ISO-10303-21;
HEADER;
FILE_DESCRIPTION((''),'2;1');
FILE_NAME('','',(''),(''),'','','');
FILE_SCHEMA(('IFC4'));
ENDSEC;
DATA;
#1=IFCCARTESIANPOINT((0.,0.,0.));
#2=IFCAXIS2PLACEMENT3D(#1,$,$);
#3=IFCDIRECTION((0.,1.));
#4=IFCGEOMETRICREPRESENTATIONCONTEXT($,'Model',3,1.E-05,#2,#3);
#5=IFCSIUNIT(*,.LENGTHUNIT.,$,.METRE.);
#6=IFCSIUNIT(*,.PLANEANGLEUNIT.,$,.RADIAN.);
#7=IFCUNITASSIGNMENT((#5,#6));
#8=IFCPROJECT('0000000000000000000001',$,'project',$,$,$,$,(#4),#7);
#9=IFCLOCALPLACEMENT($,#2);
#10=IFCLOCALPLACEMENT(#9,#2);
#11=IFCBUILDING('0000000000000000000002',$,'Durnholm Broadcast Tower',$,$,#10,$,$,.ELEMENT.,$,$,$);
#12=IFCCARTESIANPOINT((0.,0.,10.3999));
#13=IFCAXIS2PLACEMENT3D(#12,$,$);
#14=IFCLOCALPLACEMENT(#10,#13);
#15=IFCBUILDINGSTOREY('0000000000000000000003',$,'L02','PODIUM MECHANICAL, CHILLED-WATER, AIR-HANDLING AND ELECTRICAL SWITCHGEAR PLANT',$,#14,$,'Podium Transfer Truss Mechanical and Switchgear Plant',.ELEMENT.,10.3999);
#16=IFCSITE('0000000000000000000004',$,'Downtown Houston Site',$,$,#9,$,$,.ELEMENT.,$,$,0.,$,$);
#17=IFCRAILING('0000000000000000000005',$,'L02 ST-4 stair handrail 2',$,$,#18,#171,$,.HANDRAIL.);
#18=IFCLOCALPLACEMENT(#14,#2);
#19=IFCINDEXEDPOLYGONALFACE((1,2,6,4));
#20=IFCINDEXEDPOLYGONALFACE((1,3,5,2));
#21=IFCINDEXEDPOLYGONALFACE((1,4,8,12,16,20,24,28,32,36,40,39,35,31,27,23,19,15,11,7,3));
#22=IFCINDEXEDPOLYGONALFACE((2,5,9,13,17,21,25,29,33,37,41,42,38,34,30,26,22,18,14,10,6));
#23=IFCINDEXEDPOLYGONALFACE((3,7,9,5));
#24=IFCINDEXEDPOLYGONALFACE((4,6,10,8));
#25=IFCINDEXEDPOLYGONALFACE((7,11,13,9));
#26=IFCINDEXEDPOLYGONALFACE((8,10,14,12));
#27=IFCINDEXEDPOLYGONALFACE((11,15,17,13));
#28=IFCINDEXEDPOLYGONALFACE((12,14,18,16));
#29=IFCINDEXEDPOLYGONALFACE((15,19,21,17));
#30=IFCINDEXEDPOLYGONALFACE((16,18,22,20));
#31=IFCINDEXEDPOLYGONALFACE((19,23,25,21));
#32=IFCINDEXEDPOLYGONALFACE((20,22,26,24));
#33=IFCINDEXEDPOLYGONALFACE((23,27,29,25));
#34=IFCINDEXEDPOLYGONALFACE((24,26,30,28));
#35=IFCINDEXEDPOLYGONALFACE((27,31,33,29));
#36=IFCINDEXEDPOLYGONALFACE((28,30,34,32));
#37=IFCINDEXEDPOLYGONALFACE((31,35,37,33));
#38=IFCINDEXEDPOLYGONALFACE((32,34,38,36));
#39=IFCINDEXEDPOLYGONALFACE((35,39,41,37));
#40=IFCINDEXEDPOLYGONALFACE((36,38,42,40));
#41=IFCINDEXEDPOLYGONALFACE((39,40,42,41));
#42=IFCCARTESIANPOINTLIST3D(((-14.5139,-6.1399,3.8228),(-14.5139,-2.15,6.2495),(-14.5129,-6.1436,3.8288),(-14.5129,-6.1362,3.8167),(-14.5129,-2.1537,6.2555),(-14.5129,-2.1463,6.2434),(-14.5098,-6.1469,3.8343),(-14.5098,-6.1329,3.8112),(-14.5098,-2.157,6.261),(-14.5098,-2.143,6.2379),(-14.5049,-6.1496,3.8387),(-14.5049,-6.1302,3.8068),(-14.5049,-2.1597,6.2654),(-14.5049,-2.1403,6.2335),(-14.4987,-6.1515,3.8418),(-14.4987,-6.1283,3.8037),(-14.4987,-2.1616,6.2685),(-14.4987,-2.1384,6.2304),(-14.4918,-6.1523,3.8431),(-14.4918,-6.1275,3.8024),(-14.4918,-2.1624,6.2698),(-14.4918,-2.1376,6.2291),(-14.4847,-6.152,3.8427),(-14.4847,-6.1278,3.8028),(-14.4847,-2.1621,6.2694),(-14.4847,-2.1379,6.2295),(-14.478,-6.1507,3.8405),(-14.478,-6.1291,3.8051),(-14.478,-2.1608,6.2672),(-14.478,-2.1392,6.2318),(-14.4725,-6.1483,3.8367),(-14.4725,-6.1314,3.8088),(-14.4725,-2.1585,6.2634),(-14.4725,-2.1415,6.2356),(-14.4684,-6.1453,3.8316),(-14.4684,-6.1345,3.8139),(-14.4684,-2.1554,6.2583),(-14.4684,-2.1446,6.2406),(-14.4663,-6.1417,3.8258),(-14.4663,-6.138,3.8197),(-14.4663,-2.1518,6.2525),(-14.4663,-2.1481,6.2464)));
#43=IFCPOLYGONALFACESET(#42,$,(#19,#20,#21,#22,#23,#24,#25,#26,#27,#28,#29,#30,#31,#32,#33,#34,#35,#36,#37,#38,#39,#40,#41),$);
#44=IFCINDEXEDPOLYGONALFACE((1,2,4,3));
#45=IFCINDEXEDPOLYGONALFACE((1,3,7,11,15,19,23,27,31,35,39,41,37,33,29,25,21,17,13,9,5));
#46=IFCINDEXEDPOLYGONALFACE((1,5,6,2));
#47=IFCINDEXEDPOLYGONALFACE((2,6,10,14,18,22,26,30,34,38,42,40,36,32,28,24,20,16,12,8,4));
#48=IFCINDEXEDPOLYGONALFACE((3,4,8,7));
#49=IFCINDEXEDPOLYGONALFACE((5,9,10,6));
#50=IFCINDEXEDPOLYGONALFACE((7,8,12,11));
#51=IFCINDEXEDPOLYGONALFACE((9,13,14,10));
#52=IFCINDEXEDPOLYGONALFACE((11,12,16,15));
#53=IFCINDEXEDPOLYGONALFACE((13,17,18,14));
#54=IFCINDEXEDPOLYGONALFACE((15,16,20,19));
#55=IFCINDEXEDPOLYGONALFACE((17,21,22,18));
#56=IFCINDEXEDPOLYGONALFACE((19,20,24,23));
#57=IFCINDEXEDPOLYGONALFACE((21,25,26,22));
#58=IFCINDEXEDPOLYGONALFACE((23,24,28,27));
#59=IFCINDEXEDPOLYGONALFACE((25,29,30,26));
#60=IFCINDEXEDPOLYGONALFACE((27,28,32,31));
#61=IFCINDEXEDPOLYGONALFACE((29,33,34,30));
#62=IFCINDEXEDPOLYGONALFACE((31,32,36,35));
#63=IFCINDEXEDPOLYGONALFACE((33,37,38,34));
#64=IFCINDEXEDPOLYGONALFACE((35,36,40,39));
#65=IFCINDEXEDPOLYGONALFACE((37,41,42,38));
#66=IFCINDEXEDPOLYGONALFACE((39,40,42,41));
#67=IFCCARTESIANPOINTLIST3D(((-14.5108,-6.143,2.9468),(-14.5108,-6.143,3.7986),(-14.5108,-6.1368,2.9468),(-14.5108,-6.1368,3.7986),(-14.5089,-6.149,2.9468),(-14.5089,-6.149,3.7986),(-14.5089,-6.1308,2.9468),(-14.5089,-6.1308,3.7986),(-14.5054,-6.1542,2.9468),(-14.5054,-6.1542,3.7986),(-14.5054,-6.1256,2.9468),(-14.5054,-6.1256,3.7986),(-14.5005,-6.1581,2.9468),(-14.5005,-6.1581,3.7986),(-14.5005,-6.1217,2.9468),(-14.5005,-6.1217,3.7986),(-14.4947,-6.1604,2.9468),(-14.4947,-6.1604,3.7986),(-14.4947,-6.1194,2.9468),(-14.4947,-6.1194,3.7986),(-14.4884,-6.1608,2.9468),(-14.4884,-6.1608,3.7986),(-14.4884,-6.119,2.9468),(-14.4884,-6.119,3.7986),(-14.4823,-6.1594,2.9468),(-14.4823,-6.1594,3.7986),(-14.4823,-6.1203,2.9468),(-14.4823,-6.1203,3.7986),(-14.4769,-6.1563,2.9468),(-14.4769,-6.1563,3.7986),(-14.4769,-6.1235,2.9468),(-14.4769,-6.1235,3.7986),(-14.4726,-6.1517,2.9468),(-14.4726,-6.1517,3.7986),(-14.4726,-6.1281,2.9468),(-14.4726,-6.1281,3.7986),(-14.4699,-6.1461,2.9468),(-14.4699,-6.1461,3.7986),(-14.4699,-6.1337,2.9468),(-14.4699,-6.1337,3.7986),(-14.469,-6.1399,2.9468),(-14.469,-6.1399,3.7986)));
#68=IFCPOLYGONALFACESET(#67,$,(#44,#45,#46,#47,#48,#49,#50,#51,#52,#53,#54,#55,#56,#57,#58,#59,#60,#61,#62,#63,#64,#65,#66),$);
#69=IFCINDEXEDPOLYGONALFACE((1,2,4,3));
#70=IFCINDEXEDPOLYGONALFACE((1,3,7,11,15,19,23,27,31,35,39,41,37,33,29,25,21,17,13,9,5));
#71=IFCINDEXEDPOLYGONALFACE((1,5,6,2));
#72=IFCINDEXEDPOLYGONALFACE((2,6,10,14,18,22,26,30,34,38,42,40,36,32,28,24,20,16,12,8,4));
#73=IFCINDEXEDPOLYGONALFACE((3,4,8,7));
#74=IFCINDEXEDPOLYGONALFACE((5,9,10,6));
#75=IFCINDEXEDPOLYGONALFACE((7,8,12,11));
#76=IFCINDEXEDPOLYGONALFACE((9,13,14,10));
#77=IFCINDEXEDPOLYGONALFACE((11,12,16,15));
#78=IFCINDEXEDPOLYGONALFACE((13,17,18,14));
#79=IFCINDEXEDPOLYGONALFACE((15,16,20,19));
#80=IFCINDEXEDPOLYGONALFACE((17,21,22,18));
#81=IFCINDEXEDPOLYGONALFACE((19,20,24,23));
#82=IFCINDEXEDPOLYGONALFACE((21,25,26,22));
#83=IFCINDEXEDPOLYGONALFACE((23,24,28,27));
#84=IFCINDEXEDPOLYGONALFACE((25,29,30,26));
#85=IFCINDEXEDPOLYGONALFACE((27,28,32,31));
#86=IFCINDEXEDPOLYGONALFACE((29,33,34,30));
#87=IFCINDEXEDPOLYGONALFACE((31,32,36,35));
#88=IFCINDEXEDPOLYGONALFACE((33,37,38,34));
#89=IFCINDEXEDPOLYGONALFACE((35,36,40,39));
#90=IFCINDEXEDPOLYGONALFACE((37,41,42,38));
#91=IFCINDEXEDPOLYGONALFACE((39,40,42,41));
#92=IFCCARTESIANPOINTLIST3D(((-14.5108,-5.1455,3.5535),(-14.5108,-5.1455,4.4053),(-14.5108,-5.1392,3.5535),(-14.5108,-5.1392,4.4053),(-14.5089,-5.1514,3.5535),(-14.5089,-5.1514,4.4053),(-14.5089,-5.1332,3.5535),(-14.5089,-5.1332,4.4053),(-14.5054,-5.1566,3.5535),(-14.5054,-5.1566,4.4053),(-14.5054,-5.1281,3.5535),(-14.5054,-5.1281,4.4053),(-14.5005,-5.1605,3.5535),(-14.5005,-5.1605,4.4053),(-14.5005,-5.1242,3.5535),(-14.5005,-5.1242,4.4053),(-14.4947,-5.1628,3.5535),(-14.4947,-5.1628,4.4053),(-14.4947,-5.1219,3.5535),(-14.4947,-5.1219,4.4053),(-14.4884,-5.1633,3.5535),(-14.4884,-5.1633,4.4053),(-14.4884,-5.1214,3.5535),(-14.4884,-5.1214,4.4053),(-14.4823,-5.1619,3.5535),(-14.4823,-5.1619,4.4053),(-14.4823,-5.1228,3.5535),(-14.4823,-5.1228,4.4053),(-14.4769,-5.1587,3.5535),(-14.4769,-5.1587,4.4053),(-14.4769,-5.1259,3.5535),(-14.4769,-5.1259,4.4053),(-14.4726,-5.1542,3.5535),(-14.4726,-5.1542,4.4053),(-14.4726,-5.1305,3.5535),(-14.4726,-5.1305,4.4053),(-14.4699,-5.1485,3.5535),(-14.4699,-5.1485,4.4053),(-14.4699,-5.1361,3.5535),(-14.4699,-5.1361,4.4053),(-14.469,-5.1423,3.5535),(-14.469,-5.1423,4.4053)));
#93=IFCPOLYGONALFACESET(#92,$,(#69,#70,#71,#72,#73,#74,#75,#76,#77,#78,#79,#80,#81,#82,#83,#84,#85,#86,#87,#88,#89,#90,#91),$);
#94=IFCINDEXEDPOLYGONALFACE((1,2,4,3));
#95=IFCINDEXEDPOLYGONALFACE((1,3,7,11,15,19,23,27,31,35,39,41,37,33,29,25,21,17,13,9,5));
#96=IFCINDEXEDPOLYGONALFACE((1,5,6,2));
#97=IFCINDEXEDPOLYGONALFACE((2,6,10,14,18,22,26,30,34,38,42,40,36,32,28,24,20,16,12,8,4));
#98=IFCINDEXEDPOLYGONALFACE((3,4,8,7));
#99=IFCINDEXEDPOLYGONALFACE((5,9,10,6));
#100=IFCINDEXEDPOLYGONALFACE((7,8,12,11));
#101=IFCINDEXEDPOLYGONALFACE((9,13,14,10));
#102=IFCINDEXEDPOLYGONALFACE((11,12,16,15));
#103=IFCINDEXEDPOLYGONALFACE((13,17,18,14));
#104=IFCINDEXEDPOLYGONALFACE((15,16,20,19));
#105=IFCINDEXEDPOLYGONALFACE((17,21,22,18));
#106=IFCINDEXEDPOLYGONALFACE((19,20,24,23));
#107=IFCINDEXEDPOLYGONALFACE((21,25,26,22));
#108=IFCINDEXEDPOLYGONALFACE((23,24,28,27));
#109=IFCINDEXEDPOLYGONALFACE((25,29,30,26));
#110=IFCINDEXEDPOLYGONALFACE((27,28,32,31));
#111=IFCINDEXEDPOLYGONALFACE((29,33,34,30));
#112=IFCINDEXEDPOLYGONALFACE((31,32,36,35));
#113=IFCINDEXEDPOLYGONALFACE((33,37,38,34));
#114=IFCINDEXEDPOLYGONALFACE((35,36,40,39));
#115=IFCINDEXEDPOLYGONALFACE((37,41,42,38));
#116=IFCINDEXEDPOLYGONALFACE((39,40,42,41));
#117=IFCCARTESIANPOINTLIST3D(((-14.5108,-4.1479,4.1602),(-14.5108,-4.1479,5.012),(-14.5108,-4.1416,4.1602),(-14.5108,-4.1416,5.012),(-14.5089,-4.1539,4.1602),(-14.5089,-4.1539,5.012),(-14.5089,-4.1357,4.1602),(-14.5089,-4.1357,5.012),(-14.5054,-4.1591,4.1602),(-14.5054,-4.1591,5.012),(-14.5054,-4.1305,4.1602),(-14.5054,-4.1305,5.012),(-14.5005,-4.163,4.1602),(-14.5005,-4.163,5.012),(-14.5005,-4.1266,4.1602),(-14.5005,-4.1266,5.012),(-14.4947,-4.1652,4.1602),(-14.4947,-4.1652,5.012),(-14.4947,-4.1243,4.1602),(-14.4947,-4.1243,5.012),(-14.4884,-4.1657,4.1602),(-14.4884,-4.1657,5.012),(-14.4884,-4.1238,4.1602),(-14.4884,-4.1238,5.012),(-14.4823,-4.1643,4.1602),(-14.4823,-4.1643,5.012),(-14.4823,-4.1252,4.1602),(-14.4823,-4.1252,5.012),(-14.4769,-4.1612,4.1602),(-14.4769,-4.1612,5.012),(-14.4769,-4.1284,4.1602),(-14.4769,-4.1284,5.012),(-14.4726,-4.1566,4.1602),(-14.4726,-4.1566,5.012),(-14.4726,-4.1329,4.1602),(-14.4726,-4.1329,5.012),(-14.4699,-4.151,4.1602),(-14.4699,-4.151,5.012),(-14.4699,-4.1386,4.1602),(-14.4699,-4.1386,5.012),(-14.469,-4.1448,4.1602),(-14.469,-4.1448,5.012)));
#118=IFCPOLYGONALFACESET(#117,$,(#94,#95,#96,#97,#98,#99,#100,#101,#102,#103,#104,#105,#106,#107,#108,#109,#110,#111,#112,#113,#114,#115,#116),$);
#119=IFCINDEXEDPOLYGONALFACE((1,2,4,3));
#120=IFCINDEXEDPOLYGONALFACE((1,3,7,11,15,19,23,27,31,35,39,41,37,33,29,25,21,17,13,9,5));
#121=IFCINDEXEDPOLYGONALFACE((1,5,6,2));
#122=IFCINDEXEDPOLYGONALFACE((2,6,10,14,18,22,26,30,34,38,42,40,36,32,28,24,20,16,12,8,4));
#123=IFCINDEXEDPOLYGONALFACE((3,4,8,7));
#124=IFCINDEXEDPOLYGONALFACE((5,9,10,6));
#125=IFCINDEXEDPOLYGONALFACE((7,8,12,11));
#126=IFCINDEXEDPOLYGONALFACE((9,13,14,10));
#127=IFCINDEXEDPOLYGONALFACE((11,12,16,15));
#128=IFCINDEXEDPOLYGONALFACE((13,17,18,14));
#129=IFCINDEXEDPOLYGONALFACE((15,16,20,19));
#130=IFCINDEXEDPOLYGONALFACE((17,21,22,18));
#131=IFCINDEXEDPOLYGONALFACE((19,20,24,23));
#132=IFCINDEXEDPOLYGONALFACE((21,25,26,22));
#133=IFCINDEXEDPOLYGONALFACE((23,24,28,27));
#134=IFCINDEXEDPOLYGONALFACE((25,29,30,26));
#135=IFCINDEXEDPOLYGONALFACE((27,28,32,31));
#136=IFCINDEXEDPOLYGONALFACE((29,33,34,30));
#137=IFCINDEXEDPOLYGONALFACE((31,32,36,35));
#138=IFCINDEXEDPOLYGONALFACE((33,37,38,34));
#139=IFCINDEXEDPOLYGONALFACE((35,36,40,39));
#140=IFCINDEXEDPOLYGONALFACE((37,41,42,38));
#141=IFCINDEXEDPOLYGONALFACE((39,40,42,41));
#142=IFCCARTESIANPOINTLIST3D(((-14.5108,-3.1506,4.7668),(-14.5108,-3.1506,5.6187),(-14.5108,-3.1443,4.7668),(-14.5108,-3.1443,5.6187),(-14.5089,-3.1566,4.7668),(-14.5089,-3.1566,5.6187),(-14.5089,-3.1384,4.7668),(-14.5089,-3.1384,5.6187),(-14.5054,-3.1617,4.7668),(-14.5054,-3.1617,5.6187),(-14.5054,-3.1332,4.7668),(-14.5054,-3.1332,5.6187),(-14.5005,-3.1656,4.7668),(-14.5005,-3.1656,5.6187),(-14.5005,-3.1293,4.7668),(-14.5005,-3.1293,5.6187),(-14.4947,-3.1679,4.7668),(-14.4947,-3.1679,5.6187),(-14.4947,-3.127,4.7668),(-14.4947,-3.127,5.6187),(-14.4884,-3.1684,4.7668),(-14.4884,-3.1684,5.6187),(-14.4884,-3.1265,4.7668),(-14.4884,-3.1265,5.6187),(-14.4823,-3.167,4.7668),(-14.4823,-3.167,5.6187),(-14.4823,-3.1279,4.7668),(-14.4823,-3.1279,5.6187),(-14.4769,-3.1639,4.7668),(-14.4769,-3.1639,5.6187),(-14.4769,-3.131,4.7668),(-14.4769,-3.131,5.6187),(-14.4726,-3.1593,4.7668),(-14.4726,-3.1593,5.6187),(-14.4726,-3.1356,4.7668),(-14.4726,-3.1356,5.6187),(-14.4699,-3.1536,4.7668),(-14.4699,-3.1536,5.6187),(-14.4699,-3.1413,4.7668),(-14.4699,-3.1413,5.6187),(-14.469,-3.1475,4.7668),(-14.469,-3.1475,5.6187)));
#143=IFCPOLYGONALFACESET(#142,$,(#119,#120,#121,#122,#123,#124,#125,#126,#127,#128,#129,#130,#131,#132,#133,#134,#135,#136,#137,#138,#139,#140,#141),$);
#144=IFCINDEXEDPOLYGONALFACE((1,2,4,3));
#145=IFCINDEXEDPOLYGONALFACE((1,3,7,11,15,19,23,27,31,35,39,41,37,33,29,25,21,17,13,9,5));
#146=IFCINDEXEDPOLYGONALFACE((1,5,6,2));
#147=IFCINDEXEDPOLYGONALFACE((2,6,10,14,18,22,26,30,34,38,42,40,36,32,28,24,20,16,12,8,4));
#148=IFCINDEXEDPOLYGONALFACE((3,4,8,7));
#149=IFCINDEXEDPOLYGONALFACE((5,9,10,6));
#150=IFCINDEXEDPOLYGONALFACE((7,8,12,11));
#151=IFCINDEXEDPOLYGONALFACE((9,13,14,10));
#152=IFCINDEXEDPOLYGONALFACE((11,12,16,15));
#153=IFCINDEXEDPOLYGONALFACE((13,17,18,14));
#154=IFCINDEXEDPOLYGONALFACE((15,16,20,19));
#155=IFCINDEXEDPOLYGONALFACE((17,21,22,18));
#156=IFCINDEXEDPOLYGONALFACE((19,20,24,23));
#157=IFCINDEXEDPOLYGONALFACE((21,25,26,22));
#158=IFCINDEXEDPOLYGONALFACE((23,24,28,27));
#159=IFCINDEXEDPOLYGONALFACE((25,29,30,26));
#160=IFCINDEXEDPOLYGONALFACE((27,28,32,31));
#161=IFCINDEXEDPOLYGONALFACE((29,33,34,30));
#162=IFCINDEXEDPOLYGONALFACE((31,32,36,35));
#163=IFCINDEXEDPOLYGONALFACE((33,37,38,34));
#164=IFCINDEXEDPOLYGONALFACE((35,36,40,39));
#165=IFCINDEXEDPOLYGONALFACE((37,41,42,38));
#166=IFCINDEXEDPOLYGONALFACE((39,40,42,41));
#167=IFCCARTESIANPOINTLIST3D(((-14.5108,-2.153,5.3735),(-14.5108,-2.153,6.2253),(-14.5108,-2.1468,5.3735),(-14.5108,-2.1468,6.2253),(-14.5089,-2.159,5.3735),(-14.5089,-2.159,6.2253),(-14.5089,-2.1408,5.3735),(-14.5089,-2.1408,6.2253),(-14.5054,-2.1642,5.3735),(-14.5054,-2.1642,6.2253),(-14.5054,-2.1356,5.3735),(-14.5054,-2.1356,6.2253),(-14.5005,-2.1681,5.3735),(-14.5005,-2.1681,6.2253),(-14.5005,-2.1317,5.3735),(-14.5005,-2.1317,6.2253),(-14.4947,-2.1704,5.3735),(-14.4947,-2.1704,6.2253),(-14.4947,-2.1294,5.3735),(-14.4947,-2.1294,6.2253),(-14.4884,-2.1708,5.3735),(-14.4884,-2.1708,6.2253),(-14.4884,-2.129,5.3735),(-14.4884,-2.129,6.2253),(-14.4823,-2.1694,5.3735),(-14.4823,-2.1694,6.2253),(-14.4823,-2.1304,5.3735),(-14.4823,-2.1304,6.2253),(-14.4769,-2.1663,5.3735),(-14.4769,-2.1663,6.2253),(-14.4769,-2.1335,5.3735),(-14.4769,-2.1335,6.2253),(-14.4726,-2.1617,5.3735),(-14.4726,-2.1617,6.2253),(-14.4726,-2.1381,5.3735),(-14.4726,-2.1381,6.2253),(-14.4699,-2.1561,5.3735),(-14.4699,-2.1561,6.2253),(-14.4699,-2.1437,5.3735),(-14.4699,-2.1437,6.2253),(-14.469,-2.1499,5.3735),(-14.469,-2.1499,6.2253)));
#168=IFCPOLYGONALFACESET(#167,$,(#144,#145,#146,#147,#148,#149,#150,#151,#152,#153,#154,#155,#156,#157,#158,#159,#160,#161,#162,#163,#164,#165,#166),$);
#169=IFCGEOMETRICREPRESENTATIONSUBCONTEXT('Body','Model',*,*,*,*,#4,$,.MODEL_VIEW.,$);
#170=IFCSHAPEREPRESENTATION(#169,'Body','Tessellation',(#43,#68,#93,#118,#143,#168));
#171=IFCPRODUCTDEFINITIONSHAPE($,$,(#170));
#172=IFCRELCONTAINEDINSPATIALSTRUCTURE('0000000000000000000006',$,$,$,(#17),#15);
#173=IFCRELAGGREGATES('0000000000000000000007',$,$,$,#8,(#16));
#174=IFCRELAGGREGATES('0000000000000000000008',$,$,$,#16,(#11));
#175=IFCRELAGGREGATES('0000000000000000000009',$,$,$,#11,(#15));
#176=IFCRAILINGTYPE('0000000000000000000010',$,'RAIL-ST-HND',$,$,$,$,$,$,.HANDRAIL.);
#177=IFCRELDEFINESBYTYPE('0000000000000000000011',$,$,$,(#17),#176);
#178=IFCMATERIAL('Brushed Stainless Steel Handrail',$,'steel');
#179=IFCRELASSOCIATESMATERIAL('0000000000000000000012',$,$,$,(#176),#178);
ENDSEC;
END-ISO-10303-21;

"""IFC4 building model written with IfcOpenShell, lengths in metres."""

from ifc_helpers import new_model, si_unit, direction, frame, origin, origin_2d, place, context, subcontext, project, spatial, circle, extrude, material, type_object, element, save


model = new_model("IFC4")

# Units and contexts
model_context = context("Model", 3, precision=1e-05, world=origin(), true_north=direction((0.0, 1.0)))
body_context = subcontext(model_context, "Body", "Model", "MODEL_VIEW")
ifc_project = project(units=[si_unit("LENGTHUNIT", "METRE"), si_unit("PLANEANGLEUNIT", "RADIAN")], contexts=[model_context])

# Site, building, storey
site_placement = place(None, origin())
site = spatial("IfcSite", under=ifc_project, at=site_placement, Name="Downtown Houston Site", CompositionType="ELEMENT", RefElevation=0.0)
building_placement = place(site_placement, origin())
building = spatial("IfcBuilding", under=site, at=building_placement, Name="Durnholm Broadcast Tower", CompositionType="ELEMENT")
storey_placement = place(building_placement, frame((0.0, 0.0, 10.3999)))
storey = spatial("IfcBuildingStorey", under=building, at=storey_placement, Name="L02", Description="PODIUM MECHANICAL, CHILLED-WATER, AIR-HANDLING AND ELECTRICAL SWITCHGEAR PLANT", LongName="Podium Transfer Truss Mechanical and Switchgear Plant", CompositionType="ELEMENT", Elevation=10.3999)

# Railing
ifc_material_1 = material(Name="Brushed Stainless Steel Handrail", Category="steel")
railing_type_1 = type_object("IfcRailingType", Name="RAIL-ST-HND", PredefinedType="HANDRAIL", material=ifc_material_1)
railing_1_placement = place(storey_placement, frame((-14.49, -6.1399, 2.9468)))
element("IfcRailing", 1, at=railing_1_placement, inside=storey, type_object=railing_type_1, Name="L02 ST-4 stair handrail 2", PredefinedType="HANDRAIL", context=body_context, shape_type="SweptSolid", body=[
    extrude(circle(Radius=0.0239, at=origin_2d()), frame((0.0, 0.0, 0.876), z_axis=(0.0, 0.854382, 0.519645), x_axis=(-1.0, 0.0, 0.0)), (0.0, 0.0, 1.0), 4.6699),
    extrude(circle(Radius=0.021, at=origin_2d()), origin(), (0.0, 0.0, 1.0), 0.8518),
    extrude(circle(Radius=0.021, at=origin_2d()), frame((0.0, 0.9976, 0.6067)), (0.0, 0.0, 1.0), 0.8518),
    extrude(circle(Radius=0.021, at=origin_2d()), frame((0.0, 1.9951, 1.2134)), (0.0, 0.0, 1.0), 0.8518),
    extrude(circle(Radius=0.021, at=origin_2d()), frame((0.0, 2.9924, 1.8201)), (0.0, 0.0, 1.0), 0.8518),
    extrude(circle(Radius=0.021, at=origin_2d()), frame((0.0, 3.99, 2.4268)), (0.0, 0.0, 1.0), 0.8518),
])

save(model, "model.ifc")
